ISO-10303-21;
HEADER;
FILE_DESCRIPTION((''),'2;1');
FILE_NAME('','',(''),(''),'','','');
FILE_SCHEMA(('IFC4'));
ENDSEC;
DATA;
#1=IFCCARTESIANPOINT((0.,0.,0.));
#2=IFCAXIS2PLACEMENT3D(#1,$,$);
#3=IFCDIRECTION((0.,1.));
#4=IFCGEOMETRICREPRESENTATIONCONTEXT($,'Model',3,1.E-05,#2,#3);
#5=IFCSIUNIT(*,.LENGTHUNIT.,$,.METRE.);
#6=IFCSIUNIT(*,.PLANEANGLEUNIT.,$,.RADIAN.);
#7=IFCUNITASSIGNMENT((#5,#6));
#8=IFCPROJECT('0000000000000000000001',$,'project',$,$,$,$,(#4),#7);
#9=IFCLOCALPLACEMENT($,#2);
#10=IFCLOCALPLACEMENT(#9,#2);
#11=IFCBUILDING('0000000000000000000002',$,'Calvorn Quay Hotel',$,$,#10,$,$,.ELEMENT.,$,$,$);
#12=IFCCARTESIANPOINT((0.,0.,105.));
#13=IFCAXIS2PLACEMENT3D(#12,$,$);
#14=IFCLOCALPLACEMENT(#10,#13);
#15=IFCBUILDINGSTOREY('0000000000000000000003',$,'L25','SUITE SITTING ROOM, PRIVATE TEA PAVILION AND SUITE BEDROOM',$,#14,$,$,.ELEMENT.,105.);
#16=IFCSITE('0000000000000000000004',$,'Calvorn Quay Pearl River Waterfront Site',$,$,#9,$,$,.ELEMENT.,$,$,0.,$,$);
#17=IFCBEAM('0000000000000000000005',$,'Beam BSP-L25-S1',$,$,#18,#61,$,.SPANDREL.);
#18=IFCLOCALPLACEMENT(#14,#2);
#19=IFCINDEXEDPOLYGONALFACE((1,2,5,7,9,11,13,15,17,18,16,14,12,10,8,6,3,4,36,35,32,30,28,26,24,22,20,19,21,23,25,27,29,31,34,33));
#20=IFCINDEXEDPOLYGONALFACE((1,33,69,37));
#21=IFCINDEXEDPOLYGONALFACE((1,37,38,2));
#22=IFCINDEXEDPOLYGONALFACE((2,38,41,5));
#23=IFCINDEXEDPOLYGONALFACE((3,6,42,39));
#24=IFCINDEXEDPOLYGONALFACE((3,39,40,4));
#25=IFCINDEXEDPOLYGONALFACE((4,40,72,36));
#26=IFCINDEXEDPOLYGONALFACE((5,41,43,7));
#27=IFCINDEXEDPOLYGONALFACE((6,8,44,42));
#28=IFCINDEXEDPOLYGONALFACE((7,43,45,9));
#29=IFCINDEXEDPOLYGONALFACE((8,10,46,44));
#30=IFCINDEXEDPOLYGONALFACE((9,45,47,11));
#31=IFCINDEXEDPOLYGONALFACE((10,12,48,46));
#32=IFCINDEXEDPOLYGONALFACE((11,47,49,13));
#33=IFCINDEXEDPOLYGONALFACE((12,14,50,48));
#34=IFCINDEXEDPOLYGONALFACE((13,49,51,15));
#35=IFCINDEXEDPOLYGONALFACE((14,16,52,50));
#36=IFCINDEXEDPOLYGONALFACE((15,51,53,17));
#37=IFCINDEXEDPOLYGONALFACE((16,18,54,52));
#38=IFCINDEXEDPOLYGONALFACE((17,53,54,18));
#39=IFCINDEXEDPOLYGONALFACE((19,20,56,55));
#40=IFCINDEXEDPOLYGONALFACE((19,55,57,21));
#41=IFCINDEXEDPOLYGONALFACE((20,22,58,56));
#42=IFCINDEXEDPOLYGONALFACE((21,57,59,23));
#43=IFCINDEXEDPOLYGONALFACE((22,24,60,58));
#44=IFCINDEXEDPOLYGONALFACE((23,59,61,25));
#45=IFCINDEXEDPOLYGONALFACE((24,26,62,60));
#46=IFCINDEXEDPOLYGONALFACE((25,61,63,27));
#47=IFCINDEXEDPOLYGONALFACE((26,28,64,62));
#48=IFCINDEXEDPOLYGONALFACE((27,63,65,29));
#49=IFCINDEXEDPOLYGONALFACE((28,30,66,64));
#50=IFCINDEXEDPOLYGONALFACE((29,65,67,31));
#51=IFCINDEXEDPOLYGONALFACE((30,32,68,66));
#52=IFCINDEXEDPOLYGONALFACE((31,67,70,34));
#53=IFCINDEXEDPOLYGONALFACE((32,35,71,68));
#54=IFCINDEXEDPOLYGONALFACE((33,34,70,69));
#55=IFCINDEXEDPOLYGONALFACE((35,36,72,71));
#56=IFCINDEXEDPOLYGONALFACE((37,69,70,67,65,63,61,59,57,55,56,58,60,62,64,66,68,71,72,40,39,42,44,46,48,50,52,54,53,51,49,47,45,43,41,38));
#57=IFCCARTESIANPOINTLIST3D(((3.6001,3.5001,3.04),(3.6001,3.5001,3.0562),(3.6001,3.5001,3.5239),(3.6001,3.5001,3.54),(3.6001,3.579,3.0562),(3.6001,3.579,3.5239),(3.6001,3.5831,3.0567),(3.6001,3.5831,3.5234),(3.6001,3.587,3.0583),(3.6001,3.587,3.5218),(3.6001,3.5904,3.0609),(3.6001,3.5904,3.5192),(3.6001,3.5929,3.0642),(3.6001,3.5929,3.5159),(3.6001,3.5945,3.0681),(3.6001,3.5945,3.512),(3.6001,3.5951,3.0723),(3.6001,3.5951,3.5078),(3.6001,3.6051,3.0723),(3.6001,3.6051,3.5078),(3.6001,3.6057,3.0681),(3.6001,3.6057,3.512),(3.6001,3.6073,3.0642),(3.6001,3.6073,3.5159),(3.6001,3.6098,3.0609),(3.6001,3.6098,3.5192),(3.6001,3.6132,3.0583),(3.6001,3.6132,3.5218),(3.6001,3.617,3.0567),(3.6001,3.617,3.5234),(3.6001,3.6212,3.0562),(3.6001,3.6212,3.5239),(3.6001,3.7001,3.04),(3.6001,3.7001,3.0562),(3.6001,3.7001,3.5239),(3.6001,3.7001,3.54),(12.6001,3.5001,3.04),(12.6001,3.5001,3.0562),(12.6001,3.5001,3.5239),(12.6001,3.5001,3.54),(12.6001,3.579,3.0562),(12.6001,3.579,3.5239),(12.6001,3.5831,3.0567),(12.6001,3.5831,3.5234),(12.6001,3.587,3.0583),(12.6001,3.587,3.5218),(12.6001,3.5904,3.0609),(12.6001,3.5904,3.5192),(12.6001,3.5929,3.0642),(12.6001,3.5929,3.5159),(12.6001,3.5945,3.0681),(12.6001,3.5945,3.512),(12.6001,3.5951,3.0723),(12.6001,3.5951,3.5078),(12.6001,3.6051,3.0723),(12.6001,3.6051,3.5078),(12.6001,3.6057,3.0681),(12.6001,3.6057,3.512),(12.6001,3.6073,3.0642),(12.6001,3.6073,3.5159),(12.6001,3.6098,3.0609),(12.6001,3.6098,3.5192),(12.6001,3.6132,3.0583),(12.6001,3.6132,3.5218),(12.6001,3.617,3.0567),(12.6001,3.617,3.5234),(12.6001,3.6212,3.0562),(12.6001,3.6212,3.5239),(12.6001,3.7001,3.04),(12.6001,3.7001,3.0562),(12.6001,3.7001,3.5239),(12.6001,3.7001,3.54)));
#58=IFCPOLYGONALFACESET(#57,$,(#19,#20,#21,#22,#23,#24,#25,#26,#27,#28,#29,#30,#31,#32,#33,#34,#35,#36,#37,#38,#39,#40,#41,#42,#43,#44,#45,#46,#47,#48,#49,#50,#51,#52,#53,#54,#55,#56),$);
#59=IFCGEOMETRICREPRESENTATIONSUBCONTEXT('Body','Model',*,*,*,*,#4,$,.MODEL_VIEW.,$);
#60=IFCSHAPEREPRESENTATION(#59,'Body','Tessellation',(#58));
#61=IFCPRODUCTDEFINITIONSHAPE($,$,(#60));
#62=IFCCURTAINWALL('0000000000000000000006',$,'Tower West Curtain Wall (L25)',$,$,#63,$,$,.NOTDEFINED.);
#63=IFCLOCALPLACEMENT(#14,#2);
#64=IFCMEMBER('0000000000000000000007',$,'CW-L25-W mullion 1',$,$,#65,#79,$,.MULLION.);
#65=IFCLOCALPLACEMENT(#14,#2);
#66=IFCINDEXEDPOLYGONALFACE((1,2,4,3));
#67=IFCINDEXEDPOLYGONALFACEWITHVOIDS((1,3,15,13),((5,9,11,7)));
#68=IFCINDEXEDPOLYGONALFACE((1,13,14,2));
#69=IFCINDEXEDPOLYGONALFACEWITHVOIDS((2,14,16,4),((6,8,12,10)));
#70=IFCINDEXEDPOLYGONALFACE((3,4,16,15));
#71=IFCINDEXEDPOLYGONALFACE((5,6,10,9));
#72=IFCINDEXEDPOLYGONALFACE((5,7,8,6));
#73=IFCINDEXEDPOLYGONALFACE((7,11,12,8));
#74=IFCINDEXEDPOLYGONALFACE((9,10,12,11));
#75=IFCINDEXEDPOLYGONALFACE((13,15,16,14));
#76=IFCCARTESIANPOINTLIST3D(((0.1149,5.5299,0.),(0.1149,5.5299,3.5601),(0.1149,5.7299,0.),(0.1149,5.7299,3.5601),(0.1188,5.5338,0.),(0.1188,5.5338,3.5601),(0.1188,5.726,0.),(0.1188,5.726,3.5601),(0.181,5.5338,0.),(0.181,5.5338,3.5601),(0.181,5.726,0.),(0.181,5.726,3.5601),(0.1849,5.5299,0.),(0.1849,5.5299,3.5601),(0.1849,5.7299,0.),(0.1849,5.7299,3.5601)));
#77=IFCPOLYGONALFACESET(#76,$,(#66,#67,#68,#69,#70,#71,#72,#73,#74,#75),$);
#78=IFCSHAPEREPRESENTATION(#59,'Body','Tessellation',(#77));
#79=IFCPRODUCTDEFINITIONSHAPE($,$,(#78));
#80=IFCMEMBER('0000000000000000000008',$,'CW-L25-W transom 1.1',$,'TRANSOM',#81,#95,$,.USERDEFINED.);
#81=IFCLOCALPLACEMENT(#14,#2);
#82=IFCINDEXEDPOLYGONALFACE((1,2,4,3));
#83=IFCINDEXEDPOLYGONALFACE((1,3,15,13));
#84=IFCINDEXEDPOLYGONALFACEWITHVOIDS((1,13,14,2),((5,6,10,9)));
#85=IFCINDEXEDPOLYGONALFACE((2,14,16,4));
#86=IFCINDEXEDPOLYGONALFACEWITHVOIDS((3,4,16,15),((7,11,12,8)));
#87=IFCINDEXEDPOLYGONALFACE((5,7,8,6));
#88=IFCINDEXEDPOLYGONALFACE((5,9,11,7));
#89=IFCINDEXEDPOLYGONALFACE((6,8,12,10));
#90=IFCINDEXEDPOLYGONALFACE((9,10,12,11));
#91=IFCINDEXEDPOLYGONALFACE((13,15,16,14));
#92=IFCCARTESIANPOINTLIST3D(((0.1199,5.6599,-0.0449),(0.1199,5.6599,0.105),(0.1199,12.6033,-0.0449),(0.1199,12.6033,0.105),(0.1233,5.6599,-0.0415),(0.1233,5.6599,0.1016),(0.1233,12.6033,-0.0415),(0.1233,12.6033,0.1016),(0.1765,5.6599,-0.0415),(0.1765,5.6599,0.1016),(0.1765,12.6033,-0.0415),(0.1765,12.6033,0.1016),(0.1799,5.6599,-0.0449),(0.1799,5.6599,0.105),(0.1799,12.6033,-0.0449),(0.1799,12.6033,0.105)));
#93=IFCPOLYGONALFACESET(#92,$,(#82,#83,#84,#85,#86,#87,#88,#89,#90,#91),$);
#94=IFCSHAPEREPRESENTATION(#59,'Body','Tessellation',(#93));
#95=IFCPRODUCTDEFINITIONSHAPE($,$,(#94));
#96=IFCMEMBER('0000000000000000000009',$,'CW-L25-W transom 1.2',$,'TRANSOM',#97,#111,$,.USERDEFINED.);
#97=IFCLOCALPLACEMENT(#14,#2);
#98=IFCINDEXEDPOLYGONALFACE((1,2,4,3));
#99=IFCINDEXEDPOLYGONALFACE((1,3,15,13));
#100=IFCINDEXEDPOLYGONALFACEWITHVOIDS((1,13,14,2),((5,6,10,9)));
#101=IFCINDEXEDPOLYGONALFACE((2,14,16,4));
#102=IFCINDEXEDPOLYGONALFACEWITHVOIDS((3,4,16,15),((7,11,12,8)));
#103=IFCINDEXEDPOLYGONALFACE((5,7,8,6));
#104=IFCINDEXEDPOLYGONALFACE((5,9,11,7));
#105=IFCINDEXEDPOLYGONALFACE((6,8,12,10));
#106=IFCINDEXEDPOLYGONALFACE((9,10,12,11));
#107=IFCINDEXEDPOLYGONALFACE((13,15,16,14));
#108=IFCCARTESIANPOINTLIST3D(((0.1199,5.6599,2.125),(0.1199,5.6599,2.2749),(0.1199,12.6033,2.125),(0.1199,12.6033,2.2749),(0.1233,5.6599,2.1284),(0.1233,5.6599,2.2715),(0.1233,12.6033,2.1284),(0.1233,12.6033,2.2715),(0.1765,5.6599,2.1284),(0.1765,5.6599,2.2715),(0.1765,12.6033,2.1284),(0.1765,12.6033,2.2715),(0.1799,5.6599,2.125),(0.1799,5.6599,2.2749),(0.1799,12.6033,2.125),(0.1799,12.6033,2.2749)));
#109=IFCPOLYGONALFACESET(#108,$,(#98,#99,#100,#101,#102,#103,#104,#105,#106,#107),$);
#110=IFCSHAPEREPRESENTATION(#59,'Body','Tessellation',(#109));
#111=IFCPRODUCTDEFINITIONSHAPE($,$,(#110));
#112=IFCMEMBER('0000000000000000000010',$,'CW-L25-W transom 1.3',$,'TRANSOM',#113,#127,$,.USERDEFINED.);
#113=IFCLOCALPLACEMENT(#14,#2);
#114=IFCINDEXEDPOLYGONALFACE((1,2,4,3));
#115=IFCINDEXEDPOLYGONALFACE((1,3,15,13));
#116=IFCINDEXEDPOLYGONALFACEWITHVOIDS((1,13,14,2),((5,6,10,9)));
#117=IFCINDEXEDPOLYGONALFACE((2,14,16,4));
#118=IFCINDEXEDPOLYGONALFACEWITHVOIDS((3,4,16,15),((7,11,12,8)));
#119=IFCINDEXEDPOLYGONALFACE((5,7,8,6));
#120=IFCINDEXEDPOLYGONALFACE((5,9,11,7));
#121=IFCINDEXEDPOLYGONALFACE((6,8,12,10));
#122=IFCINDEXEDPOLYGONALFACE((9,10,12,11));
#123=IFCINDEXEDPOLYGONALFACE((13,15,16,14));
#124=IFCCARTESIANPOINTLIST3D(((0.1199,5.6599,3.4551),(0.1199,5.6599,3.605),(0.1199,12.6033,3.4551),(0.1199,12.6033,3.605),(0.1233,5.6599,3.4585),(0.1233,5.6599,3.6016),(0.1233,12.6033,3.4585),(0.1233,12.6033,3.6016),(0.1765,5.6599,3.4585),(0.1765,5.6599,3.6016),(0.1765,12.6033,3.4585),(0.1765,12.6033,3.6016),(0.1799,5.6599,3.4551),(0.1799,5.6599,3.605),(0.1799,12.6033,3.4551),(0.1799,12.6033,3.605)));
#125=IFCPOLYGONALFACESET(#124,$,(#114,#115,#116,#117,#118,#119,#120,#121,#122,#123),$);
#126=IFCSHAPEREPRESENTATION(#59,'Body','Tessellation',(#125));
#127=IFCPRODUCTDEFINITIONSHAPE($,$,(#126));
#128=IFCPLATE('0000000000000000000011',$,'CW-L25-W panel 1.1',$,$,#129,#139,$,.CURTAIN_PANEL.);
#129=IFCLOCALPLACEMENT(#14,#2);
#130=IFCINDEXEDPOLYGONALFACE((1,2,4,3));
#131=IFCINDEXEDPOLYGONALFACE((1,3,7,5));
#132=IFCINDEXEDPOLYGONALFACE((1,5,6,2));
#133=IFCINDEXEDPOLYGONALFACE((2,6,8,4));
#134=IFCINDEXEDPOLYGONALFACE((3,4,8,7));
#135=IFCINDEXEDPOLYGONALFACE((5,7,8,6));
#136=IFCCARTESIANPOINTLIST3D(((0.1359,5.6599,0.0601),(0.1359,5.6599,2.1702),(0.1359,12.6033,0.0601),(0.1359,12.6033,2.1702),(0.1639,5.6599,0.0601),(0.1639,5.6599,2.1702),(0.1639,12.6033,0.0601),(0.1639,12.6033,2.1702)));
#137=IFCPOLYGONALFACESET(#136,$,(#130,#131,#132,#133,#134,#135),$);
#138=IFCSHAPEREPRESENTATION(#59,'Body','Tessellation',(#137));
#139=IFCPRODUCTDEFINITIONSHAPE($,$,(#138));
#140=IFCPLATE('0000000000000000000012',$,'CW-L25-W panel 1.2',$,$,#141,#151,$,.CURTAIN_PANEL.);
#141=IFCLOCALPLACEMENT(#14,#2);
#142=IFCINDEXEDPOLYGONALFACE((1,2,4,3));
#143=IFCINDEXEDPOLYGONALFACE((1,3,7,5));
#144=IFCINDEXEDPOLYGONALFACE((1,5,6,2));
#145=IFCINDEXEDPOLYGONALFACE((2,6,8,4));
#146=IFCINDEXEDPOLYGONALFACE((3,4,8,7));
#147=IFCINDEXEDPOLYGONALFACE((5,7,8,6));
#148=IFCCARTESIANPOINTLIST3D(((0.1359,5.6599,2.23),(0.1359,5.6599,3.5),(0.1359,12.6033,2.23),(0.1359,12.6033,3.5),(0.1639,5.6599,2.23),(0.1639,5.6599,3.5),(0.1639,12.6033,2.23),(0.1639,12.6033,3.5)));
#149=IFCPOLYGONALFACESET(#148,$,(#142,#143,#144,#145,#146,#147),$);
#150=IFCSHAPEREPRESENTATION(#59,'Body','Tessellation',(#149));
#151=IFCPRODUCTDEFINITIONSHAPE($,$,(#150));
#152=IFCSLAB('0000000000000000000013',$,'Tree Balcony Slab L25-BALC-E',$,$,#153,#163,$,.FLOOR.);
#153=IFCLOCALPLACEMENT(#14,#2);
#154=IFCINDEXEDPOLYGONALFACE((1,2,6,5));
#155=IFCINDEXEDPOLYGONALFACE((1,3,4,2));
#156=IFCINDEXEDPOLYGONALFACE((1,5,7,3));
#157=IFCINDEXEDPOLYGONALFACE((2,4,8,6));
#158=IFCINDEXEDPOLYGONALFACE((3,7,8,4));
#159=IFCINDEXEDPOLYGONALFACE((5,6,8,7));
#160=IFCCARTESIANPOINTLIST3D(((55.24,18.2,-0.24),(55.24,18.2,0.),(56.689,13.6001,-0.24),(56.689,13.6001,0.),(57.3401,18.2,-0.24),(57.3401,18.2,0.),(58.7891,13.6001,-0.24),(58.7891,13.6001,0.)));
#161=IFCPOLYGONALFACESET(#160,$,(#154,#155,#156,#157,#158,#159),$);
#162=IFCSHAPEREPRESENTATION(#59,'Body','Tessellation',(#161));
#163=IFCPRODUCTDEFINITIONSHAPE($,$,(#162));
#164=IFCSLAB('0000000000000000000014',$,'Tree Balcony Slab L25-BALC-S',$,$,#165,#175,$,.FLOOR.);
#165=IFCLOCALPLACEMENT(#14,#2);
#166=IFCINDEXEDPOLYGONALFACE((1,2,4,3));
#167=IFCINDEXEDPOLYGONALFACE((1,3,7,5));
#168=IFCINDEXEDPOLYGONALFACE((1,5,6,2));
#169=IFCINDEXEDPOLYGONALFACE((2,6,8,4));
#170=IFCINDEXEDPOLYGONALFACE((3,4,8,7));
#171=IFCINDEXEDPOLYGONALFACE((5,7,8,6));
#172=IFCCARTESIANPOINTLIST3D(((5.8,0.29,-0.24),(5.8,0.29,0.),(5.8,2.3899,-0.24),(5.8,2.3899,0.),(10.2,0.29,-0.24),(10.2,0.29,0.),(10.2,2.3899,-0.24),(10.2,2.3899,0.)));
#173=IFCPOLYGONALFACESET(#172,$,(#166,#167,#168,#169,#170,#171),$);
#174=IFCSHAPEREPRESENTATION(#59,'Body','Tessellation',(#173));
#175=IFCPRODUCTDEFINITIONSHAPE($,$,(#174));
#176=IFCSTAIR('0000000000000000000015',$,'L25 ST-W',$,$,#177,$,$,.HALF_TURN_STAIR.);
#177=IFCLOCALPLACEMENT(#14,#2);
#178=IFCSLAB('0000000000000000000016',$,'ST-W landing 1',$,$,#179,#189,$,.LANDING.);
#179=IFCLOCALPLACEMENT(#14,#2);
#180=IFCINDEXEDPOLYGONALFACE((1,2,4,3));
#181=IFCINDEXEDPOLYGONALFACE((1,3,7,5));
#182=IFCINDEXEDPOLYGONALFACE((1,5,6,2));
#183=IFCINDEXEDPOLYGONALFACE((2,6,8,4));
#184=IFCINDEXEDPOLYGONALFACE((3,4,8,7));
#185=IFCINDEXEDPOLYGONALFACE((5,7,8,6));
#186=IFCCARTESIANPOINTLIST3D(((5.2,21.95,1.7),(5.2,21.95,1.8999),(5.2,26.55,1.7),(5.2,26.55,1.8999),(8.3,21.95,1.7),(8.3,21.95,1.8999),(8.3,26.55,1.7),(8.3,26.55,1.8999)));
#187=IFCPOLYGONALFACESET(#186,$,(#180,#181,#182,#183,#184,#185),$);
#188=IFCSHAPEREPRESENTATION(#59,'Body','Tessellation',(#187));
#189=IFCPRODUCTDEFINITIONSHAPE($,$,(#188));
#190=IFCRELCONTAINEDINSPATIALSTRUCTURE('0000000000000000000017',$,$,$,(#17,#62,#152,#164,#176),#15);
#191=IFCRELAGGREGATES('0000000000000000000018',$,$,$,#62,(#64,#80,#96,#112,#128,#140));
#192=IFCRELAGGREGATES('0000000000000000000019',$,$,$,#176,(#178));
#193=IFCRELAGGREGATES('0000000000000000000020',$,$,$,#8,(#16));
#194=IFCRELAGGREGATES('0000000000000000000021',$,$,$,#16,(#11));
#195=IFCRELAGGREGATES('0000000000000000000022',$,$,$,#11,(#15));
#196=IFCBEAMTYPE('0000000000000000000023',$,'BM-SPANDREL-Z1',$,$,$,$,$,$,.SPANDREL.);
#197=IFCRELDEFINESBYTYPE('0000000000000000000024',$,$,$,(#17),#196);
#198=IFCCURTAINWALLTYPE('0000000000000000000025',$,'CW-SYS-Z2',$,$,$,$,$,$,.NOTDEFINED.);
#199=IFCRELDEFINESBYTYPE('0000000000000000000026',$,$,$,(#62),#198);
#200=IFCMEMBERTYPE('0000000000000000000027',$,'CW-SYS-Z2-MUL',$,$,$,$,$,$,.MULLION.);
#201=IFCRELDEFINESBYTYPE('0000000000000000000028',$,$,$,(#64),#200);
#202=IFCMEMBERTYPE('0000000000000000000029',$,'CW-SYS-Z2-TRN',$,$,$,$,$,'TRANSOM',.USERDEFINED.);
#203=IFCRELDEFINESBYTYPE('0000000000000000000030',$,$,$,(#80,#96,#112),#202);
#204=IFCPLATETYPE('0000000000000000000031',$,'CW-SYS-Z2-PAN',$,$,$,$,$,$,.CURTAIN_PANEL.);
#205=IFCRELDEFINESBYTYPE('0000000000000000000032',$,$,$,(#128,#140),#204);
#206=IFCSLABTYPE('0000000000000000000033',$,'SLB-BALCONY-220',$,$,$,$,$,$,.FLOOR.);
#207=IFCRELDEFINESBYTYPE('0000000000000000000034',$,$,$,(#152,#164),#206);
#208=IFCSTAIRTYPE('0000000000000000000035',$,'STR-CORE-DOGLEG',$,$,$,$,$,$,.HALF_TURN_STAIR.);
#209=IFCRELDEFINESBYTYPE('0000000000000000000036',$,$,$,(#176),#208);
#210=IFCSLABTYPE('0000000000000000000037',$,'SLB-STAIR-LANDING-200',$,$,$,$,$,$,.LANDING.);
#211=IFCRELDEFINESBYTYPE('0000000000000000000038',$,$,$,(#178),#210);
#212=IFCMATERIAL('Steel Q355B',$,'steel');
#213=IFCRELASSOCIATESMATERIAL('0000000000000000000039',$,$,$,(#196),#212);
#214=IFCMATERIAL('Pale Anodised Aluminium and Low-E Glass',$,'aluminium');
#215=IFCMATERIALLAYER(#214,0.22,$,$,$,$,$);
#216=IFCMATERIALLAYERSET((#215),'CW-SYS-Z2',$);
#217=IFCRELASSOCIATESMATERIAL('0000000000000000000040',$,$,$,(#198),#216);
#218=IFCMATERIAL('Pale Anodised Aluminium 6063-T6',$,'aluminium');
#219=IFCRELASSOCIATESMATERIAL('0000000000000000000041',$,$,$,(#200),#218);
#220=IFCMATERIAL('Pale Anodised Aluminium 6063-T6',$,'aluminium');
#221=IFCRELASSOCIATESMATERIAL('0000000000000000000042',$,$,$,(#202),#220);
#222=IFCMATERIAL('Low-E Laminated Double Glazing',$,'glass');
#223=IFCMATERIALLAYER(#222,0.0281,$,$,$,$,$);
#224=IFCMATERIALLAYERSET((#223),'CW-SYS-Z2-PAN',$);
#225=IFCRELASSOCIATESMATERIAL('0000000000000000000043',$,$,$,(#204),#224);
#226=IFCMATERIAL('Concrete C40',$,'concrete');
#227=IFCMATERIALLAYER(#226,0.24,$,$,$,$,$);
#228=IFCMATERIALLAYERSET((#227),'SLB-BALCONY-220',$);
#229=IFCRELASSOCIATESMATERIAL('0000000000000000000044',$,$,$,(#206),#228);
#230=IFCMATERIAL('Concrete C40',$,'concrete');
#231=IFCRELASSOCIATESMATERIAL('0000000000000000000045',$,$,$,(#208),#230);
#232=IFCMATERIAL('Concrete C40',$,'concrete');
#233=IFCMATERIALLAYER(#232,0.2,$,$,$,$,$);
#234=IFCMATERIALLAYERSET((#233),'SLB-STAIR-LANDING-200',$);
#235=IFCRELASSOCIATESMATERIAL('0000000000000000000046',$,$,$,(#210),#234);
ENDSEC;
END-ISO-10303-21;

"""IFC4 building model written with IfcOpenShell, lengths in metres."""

from ifc_helpers import new_model, si_unit, direction, frame, origin, origin_2d, place, context, subcontext, project, spatial, polyline, rectangle, hollow_rectangle, i_section, outline, extrude, material, layer, layer_set, material_profile, profile_set, type_object, element, aggregate, save


model = new_model("IFC4")

# Units and contexts
model_context = context("Model", 3, precision=1e-05, world=origin(), true_north=direction((0.0, 1.0)))
body_context = subcontext(model_context, "Body", "Model", "MODEL_VIEW")
ifc_project = project(units=[si_unit("LENGTHUNIT", "METRE"), si_unit("PLANEANGLEUNIT", "RADIAN")], contexts=[model_context])

# Site, building, storey
site_placement = place(None, origin())
site = spatial("IfcSite", under=ifc_project, at=site_placement, Name="Calvorn Quay Pearl River Waterfront Site", CompositionType="ELEMENT", RefElevation=0.0)
building_placement = place(site_placement, origin())
building = spatial("IfcBuilding", under=site, at=building_placement, Name="Calvorn Quay Hotel", CompositionType="ELEMENT")
storey_placement = place(building_placement, frame((0.0, 0.0, 105.0)))
storey = spatial("IfcBuildingStorey", under=building, at=storey_placement, Name="L25", Description="SUITE SITTING ROOM, PRIVATE TEA PAVILION AND SUITE BEDROOM", CompositionType="ELEMENT", Elevation=105.0)

# Beam
ifc_material_1 = material(Name="Steel Q355B", Category="steel")
ifc_material_profile_1 = material_profile(ifc_material_1, i_section(OverallWidth=0.2, OverallDepth=0.5, WebThickness=0.01, FlangeThickness=0.0161, FilletRadius=0.0161, at=origin_2d()), Name="HN500x200x10x16")
ifc_profile_set_1 = profile_set([ifc_material_profile_1], Name="Steel Q355B")
beam_type_1 = type_object("IfcBeamType", Name="BM-SPANDREL-Z1", PredefinedType="SPANDREL", material=ifc_profile_set_1)
beam_1_placement = place(storey_placement, frame((3.6001, 3.6001, 3.29), z_axis=(1.0, 0.0, 0.0), x_axis=(0.0, 1.0, 0.0)))
element("IfcBeam", 1, at=beam_1_placement, inside=storey, type_object=beam_type_1, Name="Beam BSP-L25-S1", PredefinedType="SPANDREL", context=body_context, shape_type="SweptSolid", body=[
    extrude(i_section(OverallWidth=0.2, OverallDepth=0.5, WebThickness=0.01, FlangeThickness=0.0161, FilletRadius=0.0161, at=origin_2d()), origin(), (0.0, 0.0, 1.0), 9.0),
])

# Curtain wall, members, plates
ifc_material_2 = material(Name="Pale Anodised Aluminium and Low-E Glass", Category="aluminium")
ifc_layer_1 = layer(ifc_material_2, 0.22)
ifc_layer_set_1 = layer_set([ifc_layer_1], Name="CW-SYS-Z2")
curtain_wall_type = type_object("IfcCurtainWallType", Name="CW-SYS-Z2", PredefinedType="NOTDEFINED", material=ifc_layer_set_1)
curtain_wall_placement = place(storey_placement, origin())
curtain_wall = element("IfcCurtainWall", 2, at=curtain_wall_placement, inside=storey, type_object=curtain_wall_type, Name="Tower West Curtain Wall (L25)", PredefinedType="NOTDEFINED")
ifc_material_3 = material(Name="Pale Anodised Aluminium 6063-T6", Category="aluminium")
ifc_material_profile_2 = material_profile(ifc_material_3, hollow_rectangle(XDim=0.0701, YDim=0.2, WallThickness=0.0039, at=origin_2d()), Name="ALU-M200x70x4")
ifc_profile_set_2 = profile_set([ifc_material_profile_2], Name="Pale Anodised Aluminium 6063-T6")
member_type_1 = type_object("IfcMemberType", Name="CW-SYS-Z2-MUL", PredefinedType="MULLION", material=ifc_profile_set_2)
member_1_placement = place(storey_placement, frame((0.1499, 5.6299, 0.0), z_axis=(0.0, 0.0, 1.0), x_axis=(-1.0, 0.0, 0.0)))
member_1 = element("IfcMember", 3, at=member_1_placement, type_object=member_type_1, Name="CW-L25-W mullion 1", PredefinedType="MULLION", context=body_context, shape_type="SweptSolid", body=[
    extrude(hollow_rectangle(XDim=0.0701, YDim=0.2, WallThickness=0.0039, at=origin_2d()), origin(), (0.0, 0.0, 1.0), 3.5601),
])
ifc_material_4 = material(Name="Pale Anodised Aluminium 6063-T6", Category="aluminium")
ifc_material_profile_3 = material_profile(ifc_material_4, hollow_rectangle(XDim=0.0601, YDim=0.1499, WallThickness=0.0034, at=origin_2d()), Name="ALU-T150x60x3.5")
ifc_profile_set_3 = profile_set([ifc_material_profile_3], Name="Pale Anodised Aluminium 6063-T6")
member_type_2 = type_object("IfcMemberType", Name="CW-SYS-Z2-TRN", ElementType="TRANSOM", PredefinedType="USERDEFINED", material=ifc_profile_set_3)
member_2_placement = place(storey_placement, frame((0.1499, 5.6599, 0.03), z_axis=(0.0, 1.0, 0.0), x_axis=(-1.0, 0.0, 0.0)))
member_2 = element("IfcMember", 4, at=member_2_placement, type_object=member_type_2, Name="CW-L25-W transom 1.1", ObjectType="TRANSOM", PredefinedType="USERDEFINED", context=body_context, shape_type="SweptSolid", body=[
    extrude(hollow_rectangle(XDim=0.0601, YDim=0.1499, WallThickness=0.0034, at=origin_2d()), origin(), (0.0, 0.0, 1.0), 6.9434),
])
member_3_placement = place(storey_placement, frame((0.1499, 5.6599, 2.2), z_axis=(0.0, 1.0, 0.0), x_axis=(-1.0, 0.0, 0.0)))
member_3 = element("IfcMember", 5, at=member_3_placement, type_object=member_type_2, Name="CW-L25-W transom 1.2", ObjectType="TRANSOM", PredefinedType="USERDEFINED", context=body_context, shape_type="SweptSolid", body=[
    extrude(hollow_rectangle(XDim=0.0601, YDim=0.1499, WallThickness=0.0034, at=origin_2d()), origin(), (0.0, 0.0, 1.0), 6.9434),
])
member_4_placement = place(storey_placement, frame((0.1499, 5.6599, 3.53), z_axis=(0.0, 1.0, 0.0), x_axis=(-1.0, 0.0, 0.0)))
member_4 = element("IfcMember", 6, at=member_4_placement, type_object=member_type_2, Name="CW-L25-W transom 1.3", ObjectType="TRANSOM", PredefinedType="USERDEFINED", context=body_context, shape_type="SweptSolid", body=[
    extrude(hollow_rectangle(XDim=0.0601, YDim=0.1499, WallThickness=0.0034, at=origin_2d()), origin(), (0.0, 0.0, 1.0), 6.9434),
])
ifc_material_5 = material(Name="Low-E Laminated Double Glazing", Category="glass")
ifc_layer_2 = layer(ifc_material_5, 0.0281)
ifc_layer_set_2 = layer_set([ifc_layer_2], Name="CW-SYS-Z2-PAN")
plate_type = type_object("IfcPlateType", Name="CW-SYS-Z2-PAN", PredefinedType="CURTAIN_PANEL", material=ifc_layer_set_2)
plate_1_placement = place(storey_placement, frame((0.1499, 9.1316, 0.0601), z_axis=(0.0, 0.0, 1.0), x_axis=(0.0, 1.0, 0.0)))
plate_1 = element("IfcPlate", 7, at=plate_1_placement, type_object=plate_type, Name="CW-L25-W panel 1.1", PredefinedType="CURTAIN_PANEL", context=body_context, shape_type="SweptSolid", body=[
    extrude(rectangle(XDim=6.9434, YDim=0.0281, at=origin_2d()), origin(), (0.0, 0.0, 1.0), 2.1101),
])
plate_2_placement = place(storey_placement, frame((0.1499, 9.1316, 2.23), z_axis=(0.0, 0.0, 1.0), x_axis=(0.0, 1.0, 0.0)))
plate_2 = element("IfcPlate", 8, at=plate_2_placement, type_object=plate_type, Name="CW-L25-W panel 1.2", PredefinedType="CURTAIN_PANEL", context=body_context, shape_type="SweptSolid", body=[
    extrude(rectangle(XDim=6.9434, YDim=0.0281, at=origin_2d()), origin(), (0.0, 0.0, 1.0), 1.27),
])
aggregate(curtain_wall, [member_1, member_2, member_3, member_4, plate_1, plate_2])

# Slabs
ifc_material_6 = material(Name="Concrete C40", Category="concrete")
ifc_layer_3 = layer(ifc_material_6, 0.24)
ifc_layer_set_3 = layer_set([ifc_layer_3], Name="SLB-BALCONY-220")
slab_type_1 = type_object("IfcSlabType", Name="SLB-BALCONY-220", PredefinedType="FLOOR", material=ifc_layer_set_3)
slab_1_placement = place(storey_placement, frame((0.0, 0.0, -0.24)))
element("IfcSlab", 9, at=slab_1_placement, inside=storey, type_object=slab_type_1, Name="Tree Balcony Slab L25-BALC-E", PredefinedType="FLOOR", context=body_context, shape_type="SweptSolid", body=[
    extrude(outline(polyline([(56.689, 13.6001), (58.7891, 13.6001), (57.3401, 18.2), (55.24, 18.2), (56.689, 13.6001)])), origin(), (0.0, 0.0, 1.0), 0.24),
])
slab_2_placement = place(storey_placement, frame((0.0, 0.0, -0.24)))
element("IfcSlab", 10, at=slab_2_placement, inside=storey, type_object=slab_type_1, Name="Tree Balcony Slab L25-BALC-S", PredefinedType="FLOOR", context=body_context, shape_type="SweptSolid", body=[
    extrude(outline(polyline([(5.8, 0.29), (10.2, 0.29), (10.2, 2.3899), (5.8, 2.3899), (5.8, 0.29)])), origin(), (0.0, 0.0, 1.0), 0.24),
])

# Stair, slab
ifc_material_7 = material(Name="Concrete C40", Category="concrete")
stair_type = type_object("IfcStairType", Name="STR-CORE-DOGLEG", PredefinedType="HALF_TURN_STAIR", material=ifc_material_7)
stair_1_placement = place(storey_placement, origin())
stair_1 = element("IfcStair", 11, at=stair_1_placement, inside=storey, type_object=stair_type, Name="L25 ST-W", PredefinedType="HALF_TURN_STAIR")
ifc_material_8 = material(Name="Concrete C40", Category="concrete")
ifc_layer_4 = layer(ifc_material_8, 0.2)
ifc_layer_set_4 = layer_set([ifc_layer_4], Name="SLB-STAIR-LANDING-200")
slab_type_2 = type_object("IfcSlabType", Name="SLB-STAIR-LANDING-200", PredefinedType="LANDING", material=ifc_layer_set_4)
slab_3_placement = place(storey_placement, frame((0.0, 0.0, 1.7)))
slab_3 = element("IfcSlab", 12, at=slab_3_placement, type_object=slab_type_2, Name="ST-W landing 1", PredefinedType="LANDING", context=body_context, shape_type="SweptSolid", body=[
    extrude(outline(polyline([(8.3, 21.95), (8.3, 26.55), (5.2, 26.55), (5.2, 21.95), (8.3, 21.95)])), origin(), (0.0, 0.0, 1.0), 0.2),
])
aggregate(stair_1, [slab_3])

save(model, "model.ifc")
